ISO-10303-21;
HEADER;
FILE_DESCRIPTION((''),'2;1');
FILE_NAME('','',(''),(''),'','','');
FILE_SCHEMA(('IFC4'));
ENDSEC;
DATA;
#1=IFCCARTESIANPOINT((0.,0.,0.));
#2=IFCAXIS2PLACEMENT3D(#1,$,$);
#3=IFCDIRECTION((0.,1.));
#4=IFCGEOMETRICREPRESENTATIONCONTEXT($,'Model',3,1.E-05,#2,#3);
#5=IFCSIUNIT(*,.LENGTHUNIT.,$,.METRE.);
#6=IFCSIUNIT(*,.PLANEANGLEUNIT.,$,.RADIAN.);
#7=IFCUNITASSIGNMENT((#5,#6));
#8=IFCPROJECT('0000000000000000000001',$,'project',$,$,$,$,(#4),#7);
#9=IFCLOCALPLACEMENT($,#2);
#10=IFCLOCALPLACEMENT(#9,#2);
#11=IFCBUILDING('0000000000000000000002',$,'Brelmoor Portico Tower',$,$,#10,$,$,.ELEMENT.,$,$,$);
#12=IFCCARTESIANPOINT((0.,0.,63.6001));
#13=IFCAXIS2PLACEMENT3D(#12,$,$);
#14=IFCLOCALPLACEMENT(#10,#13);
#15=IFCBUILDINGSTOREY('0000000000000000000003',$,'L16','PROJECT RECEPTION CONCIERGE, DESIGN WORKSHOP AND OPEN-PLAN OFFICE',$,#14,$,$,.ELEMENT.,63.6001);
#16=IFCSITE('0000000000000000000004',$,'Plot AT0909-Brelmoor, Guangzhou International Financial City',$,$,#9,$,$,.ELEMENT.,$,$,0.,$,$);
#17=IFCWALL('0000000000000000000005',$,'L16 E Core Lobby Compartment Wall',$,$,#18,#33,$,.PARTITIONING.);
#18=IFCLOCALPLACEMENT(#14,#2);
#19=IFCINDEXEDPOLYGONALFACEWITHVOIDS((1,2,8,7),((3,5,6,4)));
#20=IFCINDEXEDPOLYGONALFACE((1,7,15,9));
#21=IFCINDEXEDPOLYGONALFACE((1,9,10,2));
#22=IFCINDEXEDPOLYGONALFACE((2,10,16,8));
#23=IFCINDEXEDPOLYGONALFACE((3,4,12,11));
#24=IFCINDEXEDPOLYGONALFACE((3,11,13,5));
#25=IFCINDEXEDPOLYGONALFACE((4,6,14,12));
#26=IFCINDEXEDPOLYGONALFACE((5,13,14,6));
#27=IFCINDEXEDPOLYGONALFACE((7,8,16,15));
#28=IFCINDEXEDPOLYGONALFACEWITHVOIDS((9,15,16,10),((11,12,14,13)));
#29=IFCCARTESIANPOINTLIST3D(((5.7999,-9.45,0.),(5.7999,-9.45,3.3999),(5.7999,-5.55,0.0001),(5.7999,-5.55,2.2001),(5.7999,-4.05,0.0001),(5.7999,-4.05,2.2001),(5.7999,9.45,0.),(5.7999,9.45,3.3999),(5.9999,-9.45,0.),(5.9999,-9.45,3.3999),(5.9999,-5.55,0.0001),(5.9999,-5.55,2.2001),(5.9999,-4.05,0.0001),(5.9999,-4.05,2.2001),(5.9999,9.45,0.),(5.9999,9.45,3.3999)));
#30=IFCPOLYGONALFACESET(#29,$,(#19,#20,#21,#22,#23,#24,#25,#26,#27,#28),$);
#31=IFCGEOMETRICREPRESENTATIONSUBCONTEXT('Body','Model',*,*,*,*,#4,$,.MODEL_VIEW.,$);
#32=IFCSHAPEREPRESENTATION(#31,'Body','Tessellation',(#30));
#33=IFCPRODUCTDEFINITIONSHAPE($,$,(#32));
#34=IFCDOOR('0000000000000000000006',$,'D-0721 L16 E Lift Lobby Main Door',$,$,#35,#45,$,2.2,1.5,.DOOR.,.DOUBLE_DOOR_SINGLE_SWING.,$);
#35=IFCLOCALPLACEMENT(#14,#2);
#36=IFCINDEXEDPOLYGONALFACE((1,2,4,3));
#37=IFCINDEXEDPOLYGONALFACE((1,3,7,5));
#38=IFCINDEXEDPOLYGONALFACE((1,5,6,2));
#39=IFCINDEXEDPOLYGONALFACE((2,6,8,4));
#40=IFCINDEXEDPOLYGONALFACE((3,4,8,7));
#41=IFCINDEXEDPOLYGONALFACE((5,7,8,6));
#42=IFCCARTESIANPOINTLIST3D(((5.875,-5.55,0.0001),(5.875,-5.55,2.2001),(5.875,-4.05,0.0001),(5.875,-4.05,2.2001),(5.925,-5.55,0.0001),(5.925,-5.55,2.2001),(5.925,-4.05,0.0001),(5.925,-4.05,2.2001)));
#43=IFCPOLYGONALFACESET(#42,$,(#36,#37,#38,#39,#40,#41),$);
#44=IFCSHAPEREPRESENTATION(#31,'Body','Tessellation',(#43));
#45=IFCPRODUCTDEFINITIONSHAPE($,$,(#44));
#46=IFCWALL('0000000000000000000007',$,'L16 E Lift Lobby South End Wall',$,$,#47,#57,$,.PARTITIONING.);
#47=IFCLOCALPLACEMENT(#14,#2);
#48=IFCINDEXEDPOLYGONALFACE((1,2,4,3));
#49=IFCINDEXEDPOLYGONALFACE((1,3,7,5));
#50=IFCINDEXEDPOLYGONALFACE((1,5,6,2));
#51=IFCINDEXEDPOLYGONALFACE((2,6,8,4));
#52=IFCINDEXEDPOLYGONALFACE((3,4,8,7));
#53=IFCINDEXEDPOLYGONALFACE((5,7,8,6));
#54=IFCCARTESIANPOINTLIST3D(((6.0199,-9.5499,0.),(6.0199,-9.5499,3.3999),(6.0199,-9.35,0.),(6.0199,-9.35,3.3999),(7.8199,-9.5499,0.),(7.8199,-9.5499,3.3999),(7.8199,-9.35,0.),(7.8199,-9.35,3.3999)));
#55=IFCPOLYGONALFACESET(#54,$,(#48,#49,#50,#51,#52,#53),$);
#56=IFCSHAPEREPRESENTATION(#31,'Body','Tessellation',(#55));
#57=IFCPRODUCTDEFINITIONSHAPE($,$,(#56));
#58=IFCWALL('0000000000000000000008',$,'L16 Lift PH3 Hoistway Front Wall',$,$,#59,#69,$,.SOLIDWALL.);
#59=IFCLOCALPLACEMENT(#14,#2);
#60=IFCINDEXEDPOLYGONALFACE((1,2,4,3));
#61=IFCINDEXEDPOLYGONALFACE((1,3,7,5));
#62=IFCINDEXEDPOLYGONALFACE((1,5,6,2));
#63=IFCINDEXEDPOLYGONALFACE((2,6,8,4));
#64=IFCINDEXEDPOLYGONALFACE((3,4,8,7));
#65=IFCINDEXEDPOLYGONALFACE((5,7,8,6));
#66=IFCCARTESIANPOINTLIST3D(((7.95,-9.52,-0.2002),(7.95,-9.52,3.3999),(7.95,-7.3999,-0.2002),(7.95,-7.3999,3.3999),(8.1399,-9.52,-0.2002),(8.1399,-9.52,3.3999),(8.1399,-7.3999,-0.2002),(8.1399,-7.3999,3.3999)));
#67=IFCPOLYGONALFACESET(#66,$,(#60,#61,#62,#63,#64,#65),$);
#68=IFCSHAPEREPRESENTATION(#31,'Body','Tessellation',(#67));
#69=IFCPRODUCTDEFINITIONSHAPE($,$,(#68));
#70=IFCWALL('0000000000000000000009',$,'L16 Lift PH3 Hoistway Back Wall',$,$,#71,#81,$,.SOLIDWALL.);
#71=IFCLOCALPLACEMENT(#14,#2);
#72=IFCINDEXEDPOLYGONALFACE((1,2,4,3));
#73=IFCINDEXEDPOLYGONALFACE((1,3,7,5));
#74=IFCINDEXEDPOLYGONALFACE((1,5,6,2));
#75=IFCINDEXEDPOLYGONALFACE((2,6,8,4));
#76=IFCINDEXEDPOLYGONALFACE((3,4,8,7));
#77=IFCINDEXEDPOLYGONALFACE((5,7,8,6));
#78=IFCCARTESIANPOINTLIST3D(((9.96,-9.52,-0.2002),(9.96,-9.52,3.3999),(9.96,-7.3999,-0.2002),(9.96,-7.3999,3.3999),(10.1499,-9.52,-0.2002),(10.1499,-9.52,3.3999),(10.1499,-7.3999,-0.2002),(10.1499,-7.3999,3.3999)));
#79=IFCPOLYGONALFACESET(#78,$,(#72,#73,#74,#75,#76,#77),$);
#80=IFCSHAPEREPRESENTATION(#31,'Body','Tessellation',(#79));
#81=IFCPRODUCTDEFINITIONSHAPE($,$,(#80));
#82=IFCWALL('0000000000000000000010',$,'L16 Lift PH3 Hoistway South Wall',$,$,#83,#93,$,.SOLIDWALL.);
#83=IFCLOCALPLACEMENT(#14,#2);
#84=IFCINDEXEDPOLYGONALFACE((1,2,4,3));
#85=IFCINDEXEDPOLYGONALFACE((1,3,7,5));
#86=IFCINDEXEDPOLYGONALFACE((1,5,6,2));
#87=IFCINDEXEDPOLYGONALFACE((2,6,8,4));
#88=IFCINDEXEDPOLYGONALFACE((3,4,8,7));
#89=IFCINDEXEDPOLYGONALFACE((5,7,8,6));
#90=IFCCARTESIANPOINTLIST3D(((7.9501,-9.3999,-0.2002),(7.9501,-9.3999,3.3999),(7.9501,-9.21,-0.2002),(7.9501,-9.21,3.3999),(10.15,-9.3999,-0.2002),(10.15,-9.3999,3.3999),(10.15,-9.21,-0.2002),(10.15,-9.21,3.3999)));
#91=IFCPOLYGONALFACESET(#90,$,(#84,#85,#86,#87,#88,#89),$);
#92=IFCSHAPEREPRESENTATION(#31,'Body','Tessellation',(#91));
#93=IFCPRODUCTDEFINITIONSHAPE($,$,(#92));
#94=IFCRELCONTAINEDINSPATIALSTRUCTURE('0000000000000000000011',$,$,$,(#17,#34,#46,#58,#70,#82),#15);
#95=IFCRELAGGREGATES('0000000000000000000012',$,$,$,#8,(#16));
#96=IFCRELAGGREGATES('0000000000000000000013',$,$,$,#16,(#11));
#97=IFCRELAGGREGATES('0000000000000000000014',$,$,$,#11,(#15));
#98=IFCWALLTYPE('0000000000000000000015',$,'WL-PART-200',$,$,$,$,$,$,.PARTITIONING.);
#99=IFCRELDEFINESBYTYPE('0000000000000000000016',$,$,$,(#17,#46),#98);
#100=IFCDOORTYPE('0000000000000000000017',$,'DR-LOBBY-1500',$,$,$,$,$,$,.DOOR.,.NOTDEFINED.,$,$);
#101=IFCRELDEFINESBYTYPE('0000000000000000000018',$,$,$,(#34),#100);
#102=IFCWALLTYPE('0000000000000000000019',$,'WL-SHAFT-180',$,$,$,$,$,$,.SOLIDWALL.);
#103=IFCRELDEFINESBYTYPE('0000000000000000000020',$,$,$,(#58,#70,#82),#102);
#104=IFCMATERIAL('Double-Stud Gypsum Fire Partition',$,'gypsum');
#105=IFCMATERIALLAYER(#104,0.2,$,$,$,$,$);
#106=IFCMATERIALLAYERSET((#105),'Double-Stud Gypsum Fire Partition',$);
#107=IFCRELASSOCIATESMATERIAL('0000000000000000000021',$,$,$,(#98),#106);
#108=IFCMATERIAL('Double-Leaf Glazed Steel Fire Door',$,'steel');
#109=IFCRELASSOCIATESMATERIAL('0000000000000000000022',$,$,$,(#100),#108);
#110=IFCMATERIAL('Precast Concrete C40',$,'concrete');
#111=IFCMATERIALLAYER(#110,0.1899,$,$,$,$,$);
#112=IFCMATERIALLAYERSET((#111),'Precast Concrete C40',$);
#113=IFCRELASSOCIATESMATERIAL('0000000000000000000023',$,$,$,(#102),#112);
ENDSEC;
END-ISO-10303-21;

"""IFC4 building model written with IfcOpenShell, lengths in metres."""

from ifc_helpers import new_model, si_unit, direction, frame, frame_2d, origin, place, context, subcontext, project, spatial, rectangle, extrude, material, layer, layer_set, type_object, element, fill, save


model = new_model("IFC4")

# Units and contexts
model_context = context("Model", 3, precision=1e-05, world=origin(), true_north=direction((0.0, 1.0)))
body_context = subcontext(model_context, "Body", "Model", "MODEL_VIEW")
ifc_project = project(units=[si_unit("LENGTHUNIT", "METRE"), si_unit("PLANEANGLEUNIT", "RADIAN")], contexts=[model_context])

# Site, building, storey
site_placement = place(None, origin())
site = spatial("IfcSite", under=ifc_project, at=site_placement, Name="Plot AT0909-Brelmoor, Guangzhou International Financial City", CompositionType="ELEMENT", RefElevation=0.0)
building_placement = place(site_placement, origin())
building = spatial("IfcBuilding", under=site, at=building_placement, Name="Brelmoor Portico Tower", CompositionType="ELEMENT")
storey_placement = place(building_placement, frame((0.0, 0.0, 63.6001)))
storey = spatial("IfcBuildingStorey", under=building, at=storey_placement, Name="L16", Description="PROJECT RECEPTION CONCIERGE, DESIGN WORKSHOP AND OPEN-PLAN OFFICE", CompositionType="ELEMENT", Elevation=63.6001)

# Wall, opening, door
ifc_material_1 = material(Name="Double-Stud Gypsum Fire Partition", Category="gypsum")
ifc_layer_1 = layer(ifc_material_1, 0.2)
ifc_layer_set_1 = layer_set([ifc_layer_1], Name="Double-Stud Gypsum Fire Partition")
wall_type_1 = type_object("IfcWallType", Name="WL-PART-200", PredefinedType="PARTITIONING", material=ifc_layer_set_1)
wall_1_placement = place(storey_placement, frame((5.8999, -9.45, 0.0), z_axis=(0.0, 0.0, 1.0), x_axis=(0.0, 1.0, 0.0)))
wall_1 = element("IfcWall", 1, at=wall_1_placement, inside=storey, type_object=wall_type_1, Name="L16 E Core Lobby Compartment Wall", PredefinedType="PARTITIONING", context=body_context, shape_type="SweptSolid", body=[
    extrude(rectangle(XDim=18.8999, YDim=0.2, at=frame_2d((9.45, 0.0))), origin(), (0.0, 0.0, 1.0), 3.3999),
])
opening_1_placement = place(wall_1_placement, frame((3.8999, 0.0, 0.0)))
opening_1 = element("IfcOpeningElement", 2, at=opening_1_placement, cuts=wall_1, PredefinedType="OPENING", context=body_context, shape_type="SweptSolid", body=[
    extrude(rectangle(XDim=1.5, YDim=2.2, at=frame_2d((0.75, 1.1001))), frame((0.0, 0.1099, 0.0), z_axis=(0.0, -1.0, 0.0), x_axis=(1.0, 0.0, 0.0)), (0.0, 0.0, 1.0), 0.22),
])
ifc_material_2 = material(Name="Double-Leaf Glazed Steel Fire Door", Category="steel")
door_type_1 = type_object("IfcDoorType", Name="DR-LOBBY-1500", OperationType="NOTDEFINED", PredefinedType="DOOR", material=ifc_material_2)
door_1_placement = place(opening_1_placement, origin())
door_1 = element("IfcDoor", 3, at=door_1_placement, inside=storey, type_object=door_type_1, Name="D-0721 L16 E Lift Lobby Main Door", OperationType="DOUBLE_DOOR_SINGLE_SWING", OverallHeight=2.2, OverallWidth=1.5, PredefinedType="DOOR", context=body_context, shape_type="SweptSolid", body=[
    extrude(rectangle(XDim=1.5, YDim=2.2, at=frame_2d((0.75, 1.1001))), frame((0.0, 0.0249, 0.0), z_axis=(0.0, -1.0, 0.0), x_axis=(1.0, 0.0, 0.0)), (0.0, 0.0, 1.0), 0.05),
])
fill(opening_1, door_1)

# Walls
wall_2_placement = place(storey_placement, frame((6.02, -9.45, 0.0), z_axis=(0.0, 0.0, 1.0), x_axis=(1.0, 0.0, 0.0)))
element("IfcWall", 4, at=wall_2_placement, inside=storey, type_object=wall_type_1, Name="L16 E Lift Lobby South End Wall", PredefinedType="PARTITIONING", context=body_context, shape_type="SweptSolid", body=[
    extrude(rectangle(XDim=1.8, YDim=0.2, at=frame_2d((0.8999, 0.0))), origin(), (0.0, 0.0, 1.0), 3.3999),
])
ifc_material_3 = material(Name="Precast Concrete C40", Category="concrete")
ifc_layer_2 = layer(ifc_material_3, 0.1899)
ifc_layer_set_2 = layer_set([ifc_layer_2], Name="Precast Concrete C40")
wall_type_2 = type_object("IfcWallType", Name="WL-SHAFT-180", PredefinedType="SOLIDWALL", material=ifc_layer_set_2)
for number, where, z_axis, x_axis, name in (
    (5, (8.0449, -9.52, -0.2002), (0.0, 0.0, 1.0), (0.0, 1.0, 0.0), "L16 Lift PH3 Hoistway Front Wall"),
    (6, (10.0549, -9.52, -0.2002), (0.0, 0.0, 1.0), (0.0, 1.0, 0.0), "L16 Lift PH3 Hoistway Back Wall"),
):
    element("IfcWall", number, at=place(storey_placement, frame(where, z_axis=z_axis, x_axis=x_axis)), inside=storey, type_object=wall_type_2, Name=name, PredefinedType="SOLIDWALL", context=body_context, shape_type="SweptSolid", body=[
        extrude(rectangle(XDim=2.1201, YDim=0.1899, at=frame_2d((1.0601, 0.0))), origin(), (0.0, 0.0, 1.0), 3.6001),
    ])
wall_3_placement = place(storey_placement, frame((7.95, -9.3049, -0.2002), z_axis=(0.0, 0.0, 1.0), x_axis=(1.0, 0.0, 0.0)))
element("IfcWall", 7, at=wall_3_placement, inside=storey, type_object=wall_type_2, Name="L16 Lift PH3 Hoistway South Wall", PredefinedType="SOLIDWALL", context=body_context, shape_type="SweptSolid", body=[
    extrude(rectangle(XDim=2.2, YDim=0.1899, at=frame_2d((1.1001, 0.0))), origin(), (0.0, 0.0, 1.0), 3.6001),
])

save(model, "model.ifc")
